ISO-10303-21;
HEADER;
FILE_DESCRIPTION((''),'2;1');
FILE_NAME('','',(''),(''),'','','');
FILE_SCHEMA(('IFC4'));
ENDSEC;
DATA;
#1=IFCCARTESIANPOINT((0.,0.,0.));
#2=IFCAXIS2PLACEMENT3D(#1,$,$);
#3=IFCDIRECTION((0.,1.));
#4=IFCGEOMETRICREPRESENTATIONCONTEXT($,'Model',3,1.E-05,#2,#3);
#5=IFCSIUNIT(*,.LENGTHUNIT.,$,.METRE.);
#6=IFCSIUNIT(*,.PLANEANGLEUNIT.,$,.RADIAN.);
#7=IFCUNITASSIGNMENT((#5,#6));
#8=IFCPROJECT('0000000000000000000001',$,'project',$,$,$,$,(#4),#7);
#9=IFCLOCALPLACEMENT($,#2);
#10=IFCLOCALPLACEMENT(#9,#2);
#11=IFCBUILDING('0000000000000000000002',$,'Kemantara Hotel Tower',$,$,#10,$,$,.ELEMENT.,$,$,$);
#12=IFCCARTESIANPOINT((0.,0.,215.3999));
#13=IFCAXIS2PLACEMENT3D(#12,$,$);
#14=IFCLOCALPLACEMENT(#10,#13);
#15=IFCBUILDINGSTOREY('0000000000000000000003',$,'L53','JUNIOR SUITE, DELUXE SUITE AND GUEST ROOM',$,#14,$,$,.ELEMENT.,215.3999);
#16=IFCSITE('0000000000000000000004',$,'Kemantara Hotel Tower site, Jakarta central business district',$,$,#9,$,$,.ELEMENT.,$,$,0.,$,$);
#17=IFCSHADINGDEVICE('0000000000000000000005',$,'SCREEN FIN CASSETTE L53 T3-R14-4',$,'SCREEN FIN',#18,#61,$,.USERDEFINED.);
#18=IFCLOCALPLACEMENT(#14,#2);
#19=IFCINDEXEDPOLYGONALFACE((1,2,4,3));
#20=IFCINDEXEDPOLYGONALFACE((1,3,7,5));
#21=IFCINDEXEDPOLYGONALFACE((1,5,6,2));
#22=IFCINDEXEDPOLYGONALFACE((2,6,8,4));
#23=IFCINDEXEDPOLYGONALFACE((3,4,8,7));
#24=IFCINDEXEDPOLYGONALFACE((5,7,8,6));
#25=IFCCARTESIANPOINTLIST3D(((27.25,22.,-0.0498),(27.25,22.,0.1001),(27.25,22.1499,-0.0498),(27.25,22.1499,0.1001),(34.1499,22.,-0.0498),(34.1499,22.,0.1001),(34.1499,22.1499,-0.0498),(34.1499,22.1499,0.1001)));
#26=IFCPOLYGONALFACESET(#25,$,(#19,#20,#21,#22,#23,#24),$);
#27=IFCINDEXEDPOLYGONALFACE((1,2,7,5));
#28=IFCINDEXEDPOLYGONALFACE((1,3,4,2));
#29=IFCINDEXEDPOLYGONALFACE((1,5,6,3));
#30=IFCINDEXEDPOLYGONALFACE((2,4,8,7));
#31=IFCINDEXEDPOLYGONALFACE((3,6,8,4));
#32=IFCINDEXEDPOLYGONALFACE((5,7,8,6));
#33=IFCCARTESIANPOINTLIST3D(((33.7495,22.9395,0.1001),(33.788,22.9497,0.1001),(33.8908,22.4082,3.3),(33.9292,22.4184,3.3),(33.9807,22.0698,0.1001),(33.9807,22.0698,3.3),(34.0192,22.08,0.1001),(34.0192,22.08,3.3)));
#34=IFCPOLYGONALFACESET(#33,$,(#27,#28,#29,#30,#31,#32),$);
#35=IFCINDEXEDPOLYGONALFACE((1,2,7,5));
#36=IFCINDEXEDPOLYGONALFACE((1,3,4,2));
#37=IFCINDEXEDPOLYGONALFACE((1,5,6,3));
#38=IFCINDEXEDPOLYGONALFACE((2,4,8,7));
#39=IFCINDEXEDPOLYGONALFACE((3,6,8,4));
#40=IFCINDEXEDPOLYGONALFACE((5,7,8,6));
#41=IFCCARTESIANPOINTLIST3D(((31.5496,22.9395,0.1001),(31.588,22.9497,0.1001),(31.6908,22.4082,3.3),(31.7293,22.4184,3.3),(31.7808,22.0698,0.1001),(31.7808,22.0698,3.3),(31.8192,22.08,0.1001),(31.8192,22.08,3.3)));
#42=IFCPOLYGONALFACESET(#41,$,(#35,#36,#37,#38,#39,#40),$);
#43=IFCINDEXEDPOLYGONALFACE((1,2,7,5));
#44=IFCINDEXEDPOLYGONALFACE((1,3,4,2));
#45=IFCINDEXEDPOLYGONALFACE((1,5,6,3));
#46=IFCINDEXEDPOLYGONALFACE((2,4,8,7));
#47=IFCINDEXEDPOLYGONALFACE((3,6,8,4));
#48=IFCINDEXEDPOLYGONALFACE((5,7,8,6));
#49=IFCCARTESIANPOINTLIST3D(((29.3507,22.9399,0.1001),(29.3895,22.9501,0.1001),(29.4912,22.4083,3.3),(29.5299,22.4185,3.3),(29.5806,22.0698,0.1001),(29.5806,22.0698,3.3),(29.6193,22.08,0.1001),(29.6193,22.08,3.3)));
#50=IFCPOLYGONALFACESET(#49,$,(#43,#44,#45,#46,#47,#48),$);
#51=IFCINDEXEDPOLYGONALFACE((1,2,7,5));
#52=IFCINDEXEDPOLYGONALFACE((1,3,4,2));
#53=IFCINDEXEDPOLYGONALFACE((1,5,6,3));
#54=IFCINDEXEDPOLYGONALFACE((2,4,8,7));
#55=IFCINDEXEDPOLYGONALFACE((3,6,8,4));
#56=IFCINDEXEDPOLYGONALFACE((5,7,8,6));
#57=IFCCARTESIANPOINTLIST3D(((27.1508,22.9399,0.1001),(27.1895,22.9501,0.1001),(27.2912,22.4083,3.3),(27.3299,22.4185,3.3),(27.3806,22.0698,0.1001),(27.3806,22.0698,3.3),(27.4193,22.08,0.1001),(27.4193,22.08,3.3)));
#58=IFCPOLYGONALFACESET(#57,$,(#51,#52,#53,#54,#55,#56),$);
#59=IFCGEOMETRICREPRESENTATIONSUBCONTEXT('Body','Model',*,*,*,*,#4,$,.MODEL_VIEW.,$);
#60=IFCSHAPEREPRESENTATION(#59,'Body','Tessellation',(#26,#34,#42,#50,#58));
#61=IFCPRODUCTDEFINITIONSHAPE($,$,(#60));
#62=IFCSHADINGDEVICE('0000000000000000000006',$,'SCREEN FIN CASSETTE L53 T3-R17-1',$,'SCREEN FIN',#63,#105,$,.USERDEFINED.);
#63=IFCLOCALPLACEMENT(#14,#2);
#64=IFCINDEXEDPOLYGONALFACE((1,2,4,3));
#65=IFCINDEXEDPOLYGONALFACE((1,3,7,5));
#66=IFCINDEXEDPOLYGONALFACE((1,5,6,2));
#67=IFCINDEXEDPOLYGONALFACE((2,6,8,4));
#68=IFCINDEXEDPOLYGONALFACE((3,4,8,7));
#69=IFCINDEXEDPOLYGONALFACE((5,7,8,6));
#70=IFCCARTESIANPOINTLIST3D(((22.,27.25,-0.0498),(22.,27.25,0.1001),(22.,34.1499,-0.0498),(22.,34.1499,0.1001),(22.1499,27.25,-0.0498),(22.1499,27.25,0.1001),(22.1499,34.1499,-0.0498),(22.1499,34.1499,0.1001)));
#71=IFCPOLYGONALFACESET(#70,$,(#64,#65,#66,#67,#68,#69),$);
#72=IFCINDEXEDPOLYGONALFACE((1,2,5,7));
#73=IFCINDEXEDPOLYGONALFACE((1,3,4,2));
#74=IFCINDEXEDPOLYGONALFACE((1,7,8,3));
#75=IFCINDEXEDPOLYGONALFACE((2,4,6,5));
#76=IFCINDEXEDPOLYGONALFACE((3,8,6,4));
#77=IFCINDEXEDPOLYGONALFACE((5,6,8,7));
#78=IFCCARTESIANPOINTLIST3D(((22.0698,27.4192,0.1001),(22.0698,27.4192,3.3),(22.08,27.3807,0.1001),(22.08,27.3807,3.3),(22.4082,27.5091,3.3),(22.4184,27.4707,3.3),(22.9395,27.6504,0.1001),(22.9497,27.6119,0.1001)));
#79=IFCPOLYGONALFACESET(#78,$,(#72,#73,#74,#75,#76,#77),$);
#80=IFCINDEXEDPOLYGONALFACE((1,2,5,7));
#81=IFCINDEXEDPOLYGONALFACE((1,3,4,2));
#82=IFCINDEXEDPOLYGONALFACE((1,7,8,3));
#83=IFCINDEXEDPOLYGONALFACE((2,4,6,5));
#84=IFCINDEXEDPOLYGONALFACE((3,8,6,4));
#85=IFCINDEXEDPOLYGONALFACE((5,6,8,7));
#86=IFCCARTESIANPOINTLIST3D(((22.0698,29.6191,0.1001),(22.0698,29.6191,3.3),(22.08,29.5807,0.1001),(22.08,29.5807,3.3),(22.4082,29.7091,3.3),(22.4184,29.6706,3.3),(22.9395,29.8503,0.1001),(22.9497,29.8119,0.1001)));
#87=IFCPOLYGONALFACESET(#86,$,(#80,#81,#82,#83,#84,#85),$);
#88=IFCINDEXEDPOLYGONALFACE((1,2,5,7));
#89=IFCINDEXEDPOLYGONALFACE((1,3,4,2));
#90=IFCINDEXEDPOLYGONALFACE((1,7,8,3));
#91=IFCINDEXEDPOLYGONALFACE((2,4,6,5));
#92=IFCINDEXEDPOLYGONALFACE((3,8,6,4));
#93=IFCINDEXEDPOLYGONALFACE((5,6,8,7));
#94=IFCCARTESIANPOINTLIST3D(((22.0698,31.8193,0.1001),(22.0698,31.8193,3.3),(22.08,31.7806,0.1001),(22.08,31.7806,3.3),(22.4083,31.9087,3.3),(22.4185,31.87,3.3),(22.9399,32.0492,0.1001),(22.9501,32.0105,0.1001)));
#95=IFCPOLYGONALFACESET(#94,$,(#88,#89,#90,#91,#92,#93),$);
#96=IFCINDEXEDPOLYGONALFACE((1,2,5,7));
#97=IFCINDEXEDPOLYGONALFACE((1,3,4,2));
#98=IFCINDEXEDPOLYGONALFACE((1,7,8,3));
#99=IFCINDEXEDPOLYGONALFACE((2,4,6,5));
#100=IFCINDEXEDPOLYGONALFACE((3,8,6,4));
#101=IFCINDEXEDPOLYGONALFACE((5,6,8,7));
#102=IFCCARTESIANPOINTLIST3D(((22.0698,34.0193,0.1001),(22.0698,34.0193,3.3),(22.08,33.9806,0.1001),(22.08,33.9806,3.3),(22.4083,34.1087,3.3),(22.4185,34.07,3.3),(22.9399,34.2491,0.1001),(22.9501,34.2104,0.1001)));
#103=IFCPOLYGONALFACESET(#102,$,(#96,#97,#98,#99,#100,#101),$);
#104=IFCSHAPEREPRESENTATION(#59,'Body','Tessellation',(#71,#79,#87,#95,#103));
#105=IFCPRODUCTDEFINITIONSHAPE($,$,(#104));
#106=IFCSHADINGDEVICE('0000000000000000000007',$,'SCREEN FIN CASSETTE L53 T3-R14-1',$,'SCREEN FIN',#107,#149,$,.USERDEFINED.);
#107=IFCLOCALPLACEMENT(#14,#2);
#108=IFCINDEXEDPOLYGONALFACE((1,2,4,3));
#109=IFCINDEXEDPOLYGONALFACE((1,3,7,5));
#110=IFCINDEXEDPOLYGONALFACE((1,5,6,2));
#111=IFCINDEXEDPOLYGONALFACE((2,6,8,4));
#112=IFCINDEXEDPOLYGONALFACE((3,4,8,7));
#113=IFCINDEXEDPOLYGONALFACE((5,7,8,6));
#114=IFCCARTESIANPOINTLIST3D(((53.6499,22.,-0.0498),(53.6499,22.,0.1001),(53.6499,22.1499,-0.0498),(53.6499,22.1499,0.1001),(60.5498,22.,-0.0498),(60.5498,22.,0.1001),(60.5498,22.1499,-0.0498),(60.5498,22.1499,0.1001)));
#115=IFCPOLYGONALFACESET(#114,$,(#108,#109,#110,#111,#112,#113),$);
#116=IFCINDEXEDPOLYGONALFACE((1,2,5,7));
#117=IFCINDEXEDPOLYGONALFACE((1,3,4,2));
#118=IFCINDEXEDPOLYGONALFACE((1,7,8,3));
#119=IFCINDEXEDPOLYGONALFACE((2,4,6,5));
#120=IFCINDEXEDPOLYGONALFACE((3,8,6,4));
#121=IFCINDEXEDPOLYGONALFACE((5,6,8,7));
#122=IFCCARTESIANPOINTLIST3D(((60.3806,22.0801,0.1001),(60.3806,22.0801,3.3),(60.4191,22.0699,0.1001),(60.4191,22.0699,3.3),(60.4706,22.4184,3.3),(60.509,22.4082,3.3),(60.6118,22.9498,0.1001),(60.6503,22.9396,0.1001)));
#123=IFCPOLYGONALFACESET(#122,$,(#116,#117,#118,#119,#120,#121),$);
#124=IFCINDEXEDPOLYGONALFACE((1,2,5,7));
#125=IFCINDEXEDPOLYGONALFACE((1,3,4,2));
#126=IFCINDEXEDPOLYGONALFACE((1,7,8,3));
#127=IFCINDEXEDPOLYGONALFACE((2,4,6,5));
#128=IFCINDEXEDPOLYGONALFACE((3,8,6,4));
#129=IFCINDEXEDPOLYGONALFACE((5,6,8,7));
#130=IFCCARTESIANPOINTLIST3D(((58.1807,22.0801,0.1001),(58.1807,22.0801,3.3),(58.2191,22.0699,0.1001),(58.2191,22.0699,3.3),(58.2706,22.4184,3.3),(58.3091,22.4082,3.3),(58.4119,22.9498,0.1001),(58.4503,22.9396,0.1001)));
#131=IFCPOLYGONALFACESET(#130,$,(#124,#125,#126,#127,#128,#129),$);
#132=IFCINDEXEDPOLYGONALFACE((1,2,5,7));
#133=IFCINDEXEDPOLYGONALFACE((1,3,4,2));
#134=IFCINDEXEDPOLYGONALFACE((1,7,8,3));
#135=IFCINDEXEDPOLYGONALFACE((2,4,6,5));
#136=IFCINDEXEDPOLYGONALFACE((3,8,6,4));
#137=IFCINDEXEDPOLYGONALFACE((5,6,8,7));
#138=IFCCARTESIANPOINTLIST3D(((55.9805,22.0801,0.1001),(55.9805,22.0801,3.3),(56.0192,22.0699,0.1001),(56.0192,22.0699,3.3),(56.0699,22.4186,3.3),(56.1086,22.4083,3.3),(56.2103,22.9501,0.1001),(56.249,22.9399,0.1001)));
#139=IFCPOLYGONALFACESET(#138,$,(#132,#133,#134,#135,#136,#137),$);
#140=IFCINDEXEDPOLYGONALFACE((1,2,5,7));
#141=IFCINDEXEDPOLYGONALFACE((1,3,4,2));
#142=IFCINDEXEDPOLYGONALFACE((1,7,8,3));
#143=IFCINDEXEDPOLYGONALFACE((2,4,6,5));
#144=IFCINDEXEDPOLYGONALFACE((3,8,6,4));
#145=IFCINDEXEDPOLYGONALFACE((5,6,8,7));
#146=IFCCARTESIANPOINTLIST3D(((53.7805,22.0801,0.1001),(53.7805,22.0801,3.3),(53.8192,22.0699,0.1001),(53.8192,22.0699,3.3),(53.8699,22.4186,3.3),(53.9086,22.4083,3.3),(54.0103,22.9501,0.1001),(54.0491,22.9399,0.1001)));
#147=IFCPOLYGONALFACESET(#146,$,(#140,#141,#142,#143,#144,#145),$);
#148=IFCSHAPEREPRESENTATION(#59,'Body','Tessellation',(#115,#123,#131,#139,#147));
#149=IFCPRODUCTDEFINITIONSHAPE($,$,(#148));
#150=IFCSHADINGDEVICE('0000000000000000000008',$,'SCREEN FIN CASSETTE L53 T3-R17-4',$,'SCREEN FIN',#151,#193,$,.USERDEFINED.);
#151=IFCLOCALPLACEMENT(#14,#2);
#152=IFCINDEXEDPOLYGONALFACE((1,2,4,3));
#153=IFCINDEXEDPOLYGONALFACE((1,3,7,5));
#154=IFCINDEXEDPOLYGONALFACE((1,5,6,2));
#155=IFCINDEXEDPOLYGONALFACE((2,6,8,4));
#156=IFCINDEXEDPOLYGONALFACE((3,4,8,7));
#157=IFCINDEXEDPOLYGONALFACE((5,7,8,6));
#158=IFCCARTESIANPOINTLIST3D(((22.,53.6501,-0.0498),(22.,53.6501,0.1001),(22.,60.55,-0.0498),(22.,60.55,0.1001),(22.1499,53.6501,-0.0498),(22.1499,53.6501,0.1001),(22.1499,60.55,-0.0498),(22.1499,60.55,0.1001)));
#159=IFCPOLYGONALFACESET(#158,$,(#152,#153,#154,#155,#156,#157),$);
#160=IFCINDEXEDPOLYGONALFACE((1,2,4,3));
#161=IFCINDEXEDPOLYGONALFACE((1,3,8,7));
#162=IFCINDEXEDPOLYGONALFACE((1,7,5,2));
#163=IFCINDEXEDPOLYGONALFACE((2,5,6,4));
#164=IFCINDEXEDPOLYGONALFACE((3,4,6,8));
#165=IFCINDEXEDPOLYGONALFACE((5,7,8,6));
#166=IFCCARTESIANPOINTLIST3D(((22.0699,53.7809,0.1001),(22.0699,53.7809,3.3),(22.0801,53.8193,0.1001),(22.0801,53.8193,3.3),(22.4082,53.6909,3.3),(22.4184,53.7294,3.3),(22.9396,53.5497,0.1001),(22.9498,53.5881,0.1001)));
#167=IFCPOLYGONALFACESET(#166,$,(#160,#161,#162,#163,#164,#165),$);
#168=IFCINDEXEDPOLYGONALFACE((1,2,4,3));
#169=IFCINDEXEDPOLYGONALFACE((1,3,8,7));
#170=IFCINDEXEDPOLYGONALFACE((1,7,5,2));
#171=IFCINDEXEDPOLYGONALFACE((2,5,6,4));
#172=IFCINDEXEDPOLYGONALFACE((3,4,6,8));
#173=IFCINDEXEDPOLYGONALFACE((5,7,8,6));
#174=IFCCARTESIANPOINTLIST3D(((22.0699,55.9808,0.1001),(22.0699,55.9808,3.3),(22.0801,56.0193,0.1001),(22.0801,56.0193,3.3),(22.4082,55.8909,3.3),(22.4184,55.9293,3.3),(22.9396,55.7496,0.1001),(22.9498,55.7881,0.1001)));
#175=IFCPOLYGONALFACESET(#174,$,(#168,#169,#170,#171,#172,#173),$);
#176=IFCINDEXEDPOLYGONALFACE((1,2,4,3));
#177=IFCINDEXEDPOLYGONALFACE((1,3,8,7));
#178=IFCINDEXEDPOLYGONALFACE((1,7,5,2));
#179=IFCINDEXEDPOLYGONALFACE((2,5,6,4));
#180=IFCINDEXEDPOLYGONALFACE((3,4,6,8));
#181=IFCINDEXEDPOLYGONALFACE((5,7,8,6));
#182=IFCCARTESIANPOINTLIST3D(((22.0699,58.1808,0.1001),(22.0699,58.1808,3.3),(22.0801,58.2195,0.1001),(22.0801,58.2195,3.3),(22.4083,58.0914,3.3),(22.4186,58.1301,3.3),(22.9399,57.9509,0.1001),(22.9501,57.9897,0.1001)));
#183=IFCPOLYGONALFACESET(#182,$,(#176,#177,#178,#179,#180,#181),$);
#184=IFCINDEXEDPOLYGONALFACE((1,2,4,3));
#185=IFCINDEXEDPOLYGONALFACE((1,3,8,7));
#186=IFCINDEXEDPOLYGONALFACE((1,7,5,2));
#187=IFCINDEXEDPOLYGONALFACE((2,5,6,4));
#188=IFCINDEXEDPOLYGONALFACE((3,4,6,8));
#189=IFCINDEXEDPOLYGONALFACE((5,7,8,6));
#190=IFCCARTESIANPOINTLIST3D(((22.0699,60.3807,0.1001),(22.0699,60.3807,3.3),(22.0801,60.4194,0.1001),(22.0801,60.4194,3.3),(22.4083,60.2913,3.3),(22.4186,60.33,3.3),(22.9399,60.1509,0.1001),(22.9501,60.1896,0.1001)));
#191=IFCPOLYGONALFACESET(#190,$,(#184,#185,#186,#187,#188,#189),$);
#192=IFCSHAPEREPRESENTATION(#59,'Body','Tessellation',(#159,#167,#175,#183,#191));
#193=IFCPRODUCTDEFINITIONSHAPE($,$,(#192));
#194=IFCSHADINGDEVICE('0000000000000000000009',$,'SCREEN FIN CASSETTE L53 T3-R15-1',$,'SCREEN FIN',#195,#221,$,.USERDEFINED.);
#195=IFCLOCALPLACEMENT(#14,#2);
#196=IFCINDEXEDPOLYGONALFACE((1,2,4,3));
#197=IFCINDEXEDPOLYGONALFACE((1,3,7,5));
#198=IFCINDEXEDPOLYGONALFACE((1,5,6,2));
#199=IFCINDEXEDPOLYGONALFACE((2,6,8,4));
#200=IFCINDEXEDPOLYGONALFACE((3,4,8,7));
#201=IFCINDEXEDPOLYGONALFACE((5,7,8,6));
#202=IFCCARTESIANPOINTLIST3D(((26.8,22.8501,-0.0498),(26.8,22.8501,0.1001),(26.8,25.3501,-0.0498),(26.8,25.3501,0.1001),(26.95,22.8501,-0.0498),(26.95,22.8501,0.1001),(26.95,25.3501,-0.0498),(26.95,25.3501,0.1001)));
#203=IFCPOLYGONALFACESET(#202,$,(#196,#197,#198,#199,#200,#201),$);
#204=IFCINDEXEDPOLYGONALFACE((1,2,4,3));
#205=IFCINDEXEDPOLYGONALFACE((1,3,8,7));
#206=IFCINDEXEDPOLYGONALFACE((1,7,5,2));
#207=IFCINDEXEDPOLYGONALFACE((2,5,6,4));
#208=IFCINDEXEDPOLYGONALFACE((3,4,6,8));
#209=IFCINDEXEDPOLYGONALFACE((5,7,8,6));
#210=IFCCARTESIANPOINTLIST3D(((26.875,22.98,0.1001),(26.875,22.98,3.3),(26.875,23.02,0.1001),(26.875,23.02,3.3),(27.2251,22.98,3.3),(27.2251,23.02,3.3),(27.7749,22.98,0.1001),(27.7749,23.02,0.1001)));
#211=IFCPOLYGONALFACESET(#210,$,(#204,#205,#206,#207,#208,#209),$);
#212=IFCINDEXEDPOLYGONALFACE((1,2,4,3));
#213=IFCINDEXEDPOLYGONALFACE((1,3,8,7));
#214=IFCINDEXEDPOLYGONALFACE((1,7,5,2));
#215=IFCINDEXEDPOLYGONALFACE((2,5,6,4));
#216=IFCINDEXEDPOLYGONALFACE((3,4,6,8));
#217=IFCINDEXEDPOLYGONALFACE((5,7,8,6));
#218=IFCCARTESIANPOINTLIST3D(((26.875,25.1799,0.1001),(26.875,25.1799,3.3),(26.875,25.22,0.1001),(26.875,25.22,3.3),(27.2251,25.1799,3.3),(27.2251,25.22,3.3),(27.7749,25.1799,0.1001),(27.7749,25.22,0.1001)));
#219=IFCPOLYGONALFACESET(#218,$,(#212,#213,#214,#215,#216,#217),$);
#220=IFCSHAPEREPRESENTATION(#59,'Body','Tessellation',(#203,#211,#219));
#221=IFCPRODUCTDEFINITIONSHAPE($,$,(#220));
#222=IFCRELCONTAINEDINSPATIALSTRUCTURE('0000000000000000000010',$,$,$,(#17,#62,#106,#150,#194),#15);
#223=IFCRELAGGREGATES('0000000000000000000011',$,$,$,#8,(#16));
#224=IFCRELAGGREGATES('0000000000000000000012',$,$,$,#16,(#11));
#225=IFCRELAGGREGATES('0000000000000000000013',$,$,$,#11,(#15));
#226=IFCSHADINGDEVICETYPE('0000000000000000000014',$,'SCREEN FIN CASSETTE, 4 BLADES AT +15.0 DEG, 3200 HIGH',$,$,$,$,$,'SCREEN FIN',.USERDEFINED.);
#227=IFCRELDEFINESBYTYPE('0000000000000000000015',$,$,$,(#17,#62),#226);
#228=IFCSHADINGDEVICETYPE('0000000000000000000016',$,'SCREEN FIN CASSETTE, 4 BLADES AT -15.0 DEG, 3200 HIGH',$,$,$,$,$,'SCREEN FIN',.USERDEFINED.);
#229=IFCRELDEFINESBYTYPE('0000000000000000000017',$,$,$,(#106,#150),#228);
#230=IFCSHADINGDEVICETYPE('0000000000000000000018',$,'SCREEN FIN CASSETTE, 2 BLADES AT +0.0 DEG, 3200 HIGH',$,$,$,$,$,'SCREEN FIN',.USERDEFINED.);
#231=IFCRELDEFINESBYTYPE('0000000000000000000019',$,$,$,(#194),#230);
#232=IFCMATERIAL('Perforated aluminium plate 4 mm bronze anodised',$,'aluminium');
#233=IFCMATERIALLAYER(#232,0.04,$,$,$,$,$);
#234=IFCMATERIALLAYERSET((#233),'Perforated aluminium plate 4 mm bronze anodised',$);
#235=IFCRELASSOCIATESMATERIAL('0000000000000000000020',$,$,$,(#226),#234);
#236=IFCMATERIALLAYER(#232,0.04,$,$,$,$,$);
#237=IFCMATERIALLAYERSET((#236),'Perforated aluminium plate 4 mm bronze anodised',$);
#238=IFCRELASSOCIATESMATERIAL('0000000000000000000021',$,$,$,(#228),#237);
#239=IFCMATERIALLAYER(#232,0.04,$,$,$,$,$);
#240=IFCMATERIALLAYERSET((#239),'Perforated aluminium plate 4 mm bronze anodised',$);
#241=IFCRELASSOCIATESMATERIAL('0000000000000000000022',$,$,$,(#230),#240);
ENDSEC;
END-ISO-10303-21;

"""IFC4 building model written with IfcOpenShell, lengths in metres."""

from ifc_helpers import new_model, si_unit, direction, frame, origin, origin_2d, place, context, subcontext, project, spatial, polyline, rectangle, outline, extrude, source, transform, mapped, material, layer, layer_set, type_object, element, save


model = new_model("IFC4")

# Units and contexts
model_context = context("Model", 3, precision=1e-05, world=origin(), true_north=direction((0.0, 1.0)))
body_context = subcontext(model_context, "Body", "Model", "MODEL_VIEW")
ifc_project = project(units=[si_unit("LENGTHUNIT", "METRE"), si_unit("PLANEANGLEUNIT", "RADIAN")], contexts=[model_context])

# Site, building, storey
site_placement = place(None, origin())
site = spatial("IfcSite", under=ifc_project, at=site_placement, Name="Kemantara Hotel Tower site, Jakarta central business district", CompositionType="ELEMENT", RefElevation=0.0)
building_placement = place(site_placement, origin())
building = spatial("IfcBuilding", under=site, at=building_placement, Name="Kemantara Hotel Tower", CompositionType="ELEMENT")
storey_placement = place(building_placement, frame((0.0, 0.0, 215.3999)))
storey = spatial("IfcBuildingStorey", under=building, at=storey_placement, Name="L53", Description="JUNIOR SUITE, DELUXE SUITE AND GUEST ROOM", CompositionType="ELEMENT", Elevation=215.3999)

# Shading devices
ifc_material_1 = material(Name="Perforated aluminium plate 4 mm bronze anodised", Category="aluminium")
ifc_layer_1 = layer(ifc_material_1, 0.04)
ifc_layer_set_1 = layer_set([ifc_layer_1], Name="Perforated aluminium plate 4 mm bronze anodised")
shading_device_type_1 = type_object("IfcShadingDeviceType", Name="SCREEN FIN CASSETTE, 4 BLADES AT +15.0 DEG, 3200 HIGH", ElementType="SCREEN FIN", PredefinedType="USERDEFINED", material=ifc_layer_set_1)
shared_shape_1 = source(origin(), body_context, "Body", "SweptSolid", [
    extrude(rectangle(XDim=6.8999, YDim=0.1499, at=origin_2d()), frame((3.3, -0.075, -0.1499), z_axis=(0.0, 0.0, 1.0), x_axis=(1.0, 0.0, 0.0)), (0.0, 0.0, 1.0), 0.1499),
    extrude(outline(polyline([(0.0, 0.0), (0.8999, 0.0), (0.3501, 3.2), (0.0, 3.2), (0.0, 0.0)])), frame((0.0193, -0.0698, 0.0), z_axis=(-0.966438, -0.256901, 0.0), x_axis=(0.256901, -0.966438, 0.0)), (0.0, 0.0, 1.0), 0.0398),
    extrude(outline(polyline([(0.0, 0.0), (0.8999, 0.0), (0.3501, 3.2), (0.0, 3.2), (0.0, 0.0)])), frame((2.2192, -0.0698, 0.0), z_axis=(-0.966438, -0.256901, 0.0), x_axis=(0.256901, -0.966438, 0.0)), (0.0, 0.0, 1.0), 0.0398),
    extrude(outline(polyline([(0.0, 0.0), (0.8999, 0.0), (0.3501, 3.2), (0.0, 3.2), (0.0, 0.0)])), frame((4.4194, -0.0698, 0.0), z_axis=(-0.966838, -0.255391, 0.0), x_axis=(0.255391, -0.966838, 0.0)), (0.0, 0.0, 1.0), 0.04),
    extrude(outline(polyline([(0.0, 0.0), (0.8999, 0.0), (0.3501, 3.2), (0.0, 3.2), (0.0, 0.0)])), frame((6.6194, -0.0698, 0.0), z_axis=(-0.966838, -0.255391, 0.0), x_axis=(0.255391, -0.966838, 0.0)), (0.0, 0.0, 1.0), 0.04),
])
for number, where, z_axis, x_axis, name in (
    (1, (34.0, 22.0, 0.1001), (0.0, 0.0, 1.0), (-1.0, 0.0, 0.0), "SCREEN FIN CASSETTE L53 T3-R14-4"),
    (2, (22.0, 27.3999, 0.1001), (0.0, 0.0, 1.0), (0.0, 1.0, 0.0), "SCREEN FIN CASSETTE L53 T3-R17-1"),
):
    element("IfcShadingDevice", number, at=place(storey_placement, frame(where, z_axis=z_axis, x_axis=x_axis)), inside=storey, type_object=shading_device_type_1, Name=name, ObjectType="SCREEN FIN", PredefinedType="USERDEFINED", context=body_context, shape_type="MappedRepresentation", body=[
        mapped(shared_shape_1, transform((0.0, 0.0, 0.0))),
    ])
ifc_layer_2 = layer(ifc_material_1, 0.04)
ifc_layer_set_2 = layer_set([ifc_layer_2], Name="Perforated aluminium plate 4 mm bronze anodised")
shading_device_type_2 = type_object("IfcShadingDeviceType", Name="SCREEN FIN CASSETTE, 4 BLADES AT -15.0 DEG, 3200 HIGH", ElementType="SCREEN FIN", PredefinedType="USERDEFINED", material=ifc_layer_set_2)
shared_shape_2 = source(origin(), body_context, "Body", "SweptSolid", [
    extrude(rectangle(XDim=6.8999, YDim=0.1499, at=origin_2d()), frame((3.3, -0.075, -0.1499), z_axis=(0.0, 0.0, 1.0), x_axis=(1.0, 0.0, 0.0)), (0.0, 0.0, 1.0), 0.1499),
    extrude(outline(polyline([(0.0, 0.0), (0.8999, 0.0), (0.3501, 3.2), (0.0, 3.2), (0.0, 0.0)])), frame((0.0193, -0.0801, 0.0), z_axis=(-0.966438, 0.256901, 0.0), x_axis=(-0.256901, -0.966438, 0.0)), (0.0, 0.0, 1.0), 0.0398),
    extrude(outline(polyline([(0.0, 0.0), (0.8999, 0.0), (0.3501, 3.2), (0.0, 3.2), (0.0, 0.0)])), frame((2.2192, -0.0801, 0.0), z_axis=(-0.966438, 0.256901, 0.0), x_axis=(-0.256901, -0.966438, 0.0)), (0.0, 0.0, 1.0), 0.0398),
    extrude(outline(polyline([(0.0, 0.0), (0.8999, 0.0), (0.3501, 3.2), (0.0, 3.2), (0.0, 0.0)])), frame((4.4194, -0.0801, 0.0), z_axis=(-0.966838, 0.255391, 0.0), x_axis=(-0.255391, -0.966838, 0.0)), (0.0, 0.0, 1.0), 0.04),
    extrude(outline(polyline([(0.0, 0.0), (0.8999, 0.0), (0.3501, 3.2), (0.0, 3.2), (0.0, 0.0)])), frame((6.6194, -0.0801, 0.0), z_axis=(-0.966838, 0.255391, 0.0), x_axis=(-0.255391, -0.966838, 0.0)), (0.0, 0.0, 1.0), 0.04),
])
for number, where, z_axis, x_axis, name in (
    (3, (60.3999, 22.0, 0.1001), (0.0, 0.0, 1.0), (-1.0, 0.0, 0.0), "SCREEN FIN CASSETTE L53 T3-R14-1"),
    (4, (22.0, 53.8, 0.1001), (0.0, 0.0, 1.0), (0.0, 1.0, 0.0), "SCREEN FIN CASSETTE L53 T3-R17-4"),
):
    element("IfcShadingDevice", number, at=place(storey_placement, frame(where, z_axis=z_axis, x_axis=x_axis)), inside=storey, type_object=shading_device_type_2, Name=name, ObjectType="SCREEN FIN", PredefinedType="USERDEFINED", context=body_context, shape_type="MappedRepresentation", body=[
        mapped(shared_shape_2, transform((0.0, 0.0, 0.0))),
    ])
ifc_layer_3 = layer(ifc_material_1, 0.04)
ifc_layer_set_3 = layer_set([ifc_layer_3], Name="Perforated aluminium plate 4 mm bronze anodised")
shading_device_type_3 = type_object("IfcShadingDeviceType", Name="SCREEN FIN CASSETTE, 2 BLADES AT +0.0 DEG, 3200 HIGH", ElementType="SCREEN FIN", PredefinedType="USERDEFINED", material=ifc_layer_set_3)
shared_shape_3 = source(origin(), body_context, "Body", "SweptSolid", [
    extrude(rectangle(XDim=2.5, YDim=0.1499, at=origin_2d()), frame((1.1001, -0.075, -0.1499), z_axis=(0.0, 0.0, 1.0), x_axis=(1.0, 0.0, 0.0)), (0.0, 0.0, 1.0), 0.1499),
    extrude(outline(polyline([(0.0, 0.0), (0.8999, 0.0), (0.3501, 3.2), (0.0, 3.2), (0.0, 0.0)])), frame((0.02, -0.075, 0.0), z_axis=(-1.0, 0.0, 0.0), x_axis=(0.0, -1.0, 0.0)), (0.0, 0.0, 1.0), 0.04),
    extrude(outline(polyline([(0.0, 0.0), (0.8999, 0.0), (0.3501, 3.2), (0.0, 3.2), (0.0, 0.0)])), frame((2.22, -0.075, 0.0), z_axis=(-1.0, 0.0, 0.0), x_axis=(0.0, -1.0, 0.0)), (0.0, 0.0, 1.0), 0.04),
])
for number, where, z_axis, x_axis, name in (
    (5, (26.8, 23.0, 0.1001), (0.0, 0.0, 1.0), (0.0, 1.0, 0.0), "SCREEN FIN CASSETTE L53 T3-R15-1"),
):
    element("IfcShadingDevice", number, at=place(storey_placement, frame(where, z_axis=z_axis, x_axis=x_axis)), inside=storey, type_object=shading_device_type_3, Name=name, ObjectType="SCREEN FIN", PredefinedType="USERDEFINED", context=body_context, shape_type="MappedRepresentation", body=[
        mapped(shared_shape_3, transform((0.0, 0.0, 0.0))),
    ])

save(model, "model.ifc")
